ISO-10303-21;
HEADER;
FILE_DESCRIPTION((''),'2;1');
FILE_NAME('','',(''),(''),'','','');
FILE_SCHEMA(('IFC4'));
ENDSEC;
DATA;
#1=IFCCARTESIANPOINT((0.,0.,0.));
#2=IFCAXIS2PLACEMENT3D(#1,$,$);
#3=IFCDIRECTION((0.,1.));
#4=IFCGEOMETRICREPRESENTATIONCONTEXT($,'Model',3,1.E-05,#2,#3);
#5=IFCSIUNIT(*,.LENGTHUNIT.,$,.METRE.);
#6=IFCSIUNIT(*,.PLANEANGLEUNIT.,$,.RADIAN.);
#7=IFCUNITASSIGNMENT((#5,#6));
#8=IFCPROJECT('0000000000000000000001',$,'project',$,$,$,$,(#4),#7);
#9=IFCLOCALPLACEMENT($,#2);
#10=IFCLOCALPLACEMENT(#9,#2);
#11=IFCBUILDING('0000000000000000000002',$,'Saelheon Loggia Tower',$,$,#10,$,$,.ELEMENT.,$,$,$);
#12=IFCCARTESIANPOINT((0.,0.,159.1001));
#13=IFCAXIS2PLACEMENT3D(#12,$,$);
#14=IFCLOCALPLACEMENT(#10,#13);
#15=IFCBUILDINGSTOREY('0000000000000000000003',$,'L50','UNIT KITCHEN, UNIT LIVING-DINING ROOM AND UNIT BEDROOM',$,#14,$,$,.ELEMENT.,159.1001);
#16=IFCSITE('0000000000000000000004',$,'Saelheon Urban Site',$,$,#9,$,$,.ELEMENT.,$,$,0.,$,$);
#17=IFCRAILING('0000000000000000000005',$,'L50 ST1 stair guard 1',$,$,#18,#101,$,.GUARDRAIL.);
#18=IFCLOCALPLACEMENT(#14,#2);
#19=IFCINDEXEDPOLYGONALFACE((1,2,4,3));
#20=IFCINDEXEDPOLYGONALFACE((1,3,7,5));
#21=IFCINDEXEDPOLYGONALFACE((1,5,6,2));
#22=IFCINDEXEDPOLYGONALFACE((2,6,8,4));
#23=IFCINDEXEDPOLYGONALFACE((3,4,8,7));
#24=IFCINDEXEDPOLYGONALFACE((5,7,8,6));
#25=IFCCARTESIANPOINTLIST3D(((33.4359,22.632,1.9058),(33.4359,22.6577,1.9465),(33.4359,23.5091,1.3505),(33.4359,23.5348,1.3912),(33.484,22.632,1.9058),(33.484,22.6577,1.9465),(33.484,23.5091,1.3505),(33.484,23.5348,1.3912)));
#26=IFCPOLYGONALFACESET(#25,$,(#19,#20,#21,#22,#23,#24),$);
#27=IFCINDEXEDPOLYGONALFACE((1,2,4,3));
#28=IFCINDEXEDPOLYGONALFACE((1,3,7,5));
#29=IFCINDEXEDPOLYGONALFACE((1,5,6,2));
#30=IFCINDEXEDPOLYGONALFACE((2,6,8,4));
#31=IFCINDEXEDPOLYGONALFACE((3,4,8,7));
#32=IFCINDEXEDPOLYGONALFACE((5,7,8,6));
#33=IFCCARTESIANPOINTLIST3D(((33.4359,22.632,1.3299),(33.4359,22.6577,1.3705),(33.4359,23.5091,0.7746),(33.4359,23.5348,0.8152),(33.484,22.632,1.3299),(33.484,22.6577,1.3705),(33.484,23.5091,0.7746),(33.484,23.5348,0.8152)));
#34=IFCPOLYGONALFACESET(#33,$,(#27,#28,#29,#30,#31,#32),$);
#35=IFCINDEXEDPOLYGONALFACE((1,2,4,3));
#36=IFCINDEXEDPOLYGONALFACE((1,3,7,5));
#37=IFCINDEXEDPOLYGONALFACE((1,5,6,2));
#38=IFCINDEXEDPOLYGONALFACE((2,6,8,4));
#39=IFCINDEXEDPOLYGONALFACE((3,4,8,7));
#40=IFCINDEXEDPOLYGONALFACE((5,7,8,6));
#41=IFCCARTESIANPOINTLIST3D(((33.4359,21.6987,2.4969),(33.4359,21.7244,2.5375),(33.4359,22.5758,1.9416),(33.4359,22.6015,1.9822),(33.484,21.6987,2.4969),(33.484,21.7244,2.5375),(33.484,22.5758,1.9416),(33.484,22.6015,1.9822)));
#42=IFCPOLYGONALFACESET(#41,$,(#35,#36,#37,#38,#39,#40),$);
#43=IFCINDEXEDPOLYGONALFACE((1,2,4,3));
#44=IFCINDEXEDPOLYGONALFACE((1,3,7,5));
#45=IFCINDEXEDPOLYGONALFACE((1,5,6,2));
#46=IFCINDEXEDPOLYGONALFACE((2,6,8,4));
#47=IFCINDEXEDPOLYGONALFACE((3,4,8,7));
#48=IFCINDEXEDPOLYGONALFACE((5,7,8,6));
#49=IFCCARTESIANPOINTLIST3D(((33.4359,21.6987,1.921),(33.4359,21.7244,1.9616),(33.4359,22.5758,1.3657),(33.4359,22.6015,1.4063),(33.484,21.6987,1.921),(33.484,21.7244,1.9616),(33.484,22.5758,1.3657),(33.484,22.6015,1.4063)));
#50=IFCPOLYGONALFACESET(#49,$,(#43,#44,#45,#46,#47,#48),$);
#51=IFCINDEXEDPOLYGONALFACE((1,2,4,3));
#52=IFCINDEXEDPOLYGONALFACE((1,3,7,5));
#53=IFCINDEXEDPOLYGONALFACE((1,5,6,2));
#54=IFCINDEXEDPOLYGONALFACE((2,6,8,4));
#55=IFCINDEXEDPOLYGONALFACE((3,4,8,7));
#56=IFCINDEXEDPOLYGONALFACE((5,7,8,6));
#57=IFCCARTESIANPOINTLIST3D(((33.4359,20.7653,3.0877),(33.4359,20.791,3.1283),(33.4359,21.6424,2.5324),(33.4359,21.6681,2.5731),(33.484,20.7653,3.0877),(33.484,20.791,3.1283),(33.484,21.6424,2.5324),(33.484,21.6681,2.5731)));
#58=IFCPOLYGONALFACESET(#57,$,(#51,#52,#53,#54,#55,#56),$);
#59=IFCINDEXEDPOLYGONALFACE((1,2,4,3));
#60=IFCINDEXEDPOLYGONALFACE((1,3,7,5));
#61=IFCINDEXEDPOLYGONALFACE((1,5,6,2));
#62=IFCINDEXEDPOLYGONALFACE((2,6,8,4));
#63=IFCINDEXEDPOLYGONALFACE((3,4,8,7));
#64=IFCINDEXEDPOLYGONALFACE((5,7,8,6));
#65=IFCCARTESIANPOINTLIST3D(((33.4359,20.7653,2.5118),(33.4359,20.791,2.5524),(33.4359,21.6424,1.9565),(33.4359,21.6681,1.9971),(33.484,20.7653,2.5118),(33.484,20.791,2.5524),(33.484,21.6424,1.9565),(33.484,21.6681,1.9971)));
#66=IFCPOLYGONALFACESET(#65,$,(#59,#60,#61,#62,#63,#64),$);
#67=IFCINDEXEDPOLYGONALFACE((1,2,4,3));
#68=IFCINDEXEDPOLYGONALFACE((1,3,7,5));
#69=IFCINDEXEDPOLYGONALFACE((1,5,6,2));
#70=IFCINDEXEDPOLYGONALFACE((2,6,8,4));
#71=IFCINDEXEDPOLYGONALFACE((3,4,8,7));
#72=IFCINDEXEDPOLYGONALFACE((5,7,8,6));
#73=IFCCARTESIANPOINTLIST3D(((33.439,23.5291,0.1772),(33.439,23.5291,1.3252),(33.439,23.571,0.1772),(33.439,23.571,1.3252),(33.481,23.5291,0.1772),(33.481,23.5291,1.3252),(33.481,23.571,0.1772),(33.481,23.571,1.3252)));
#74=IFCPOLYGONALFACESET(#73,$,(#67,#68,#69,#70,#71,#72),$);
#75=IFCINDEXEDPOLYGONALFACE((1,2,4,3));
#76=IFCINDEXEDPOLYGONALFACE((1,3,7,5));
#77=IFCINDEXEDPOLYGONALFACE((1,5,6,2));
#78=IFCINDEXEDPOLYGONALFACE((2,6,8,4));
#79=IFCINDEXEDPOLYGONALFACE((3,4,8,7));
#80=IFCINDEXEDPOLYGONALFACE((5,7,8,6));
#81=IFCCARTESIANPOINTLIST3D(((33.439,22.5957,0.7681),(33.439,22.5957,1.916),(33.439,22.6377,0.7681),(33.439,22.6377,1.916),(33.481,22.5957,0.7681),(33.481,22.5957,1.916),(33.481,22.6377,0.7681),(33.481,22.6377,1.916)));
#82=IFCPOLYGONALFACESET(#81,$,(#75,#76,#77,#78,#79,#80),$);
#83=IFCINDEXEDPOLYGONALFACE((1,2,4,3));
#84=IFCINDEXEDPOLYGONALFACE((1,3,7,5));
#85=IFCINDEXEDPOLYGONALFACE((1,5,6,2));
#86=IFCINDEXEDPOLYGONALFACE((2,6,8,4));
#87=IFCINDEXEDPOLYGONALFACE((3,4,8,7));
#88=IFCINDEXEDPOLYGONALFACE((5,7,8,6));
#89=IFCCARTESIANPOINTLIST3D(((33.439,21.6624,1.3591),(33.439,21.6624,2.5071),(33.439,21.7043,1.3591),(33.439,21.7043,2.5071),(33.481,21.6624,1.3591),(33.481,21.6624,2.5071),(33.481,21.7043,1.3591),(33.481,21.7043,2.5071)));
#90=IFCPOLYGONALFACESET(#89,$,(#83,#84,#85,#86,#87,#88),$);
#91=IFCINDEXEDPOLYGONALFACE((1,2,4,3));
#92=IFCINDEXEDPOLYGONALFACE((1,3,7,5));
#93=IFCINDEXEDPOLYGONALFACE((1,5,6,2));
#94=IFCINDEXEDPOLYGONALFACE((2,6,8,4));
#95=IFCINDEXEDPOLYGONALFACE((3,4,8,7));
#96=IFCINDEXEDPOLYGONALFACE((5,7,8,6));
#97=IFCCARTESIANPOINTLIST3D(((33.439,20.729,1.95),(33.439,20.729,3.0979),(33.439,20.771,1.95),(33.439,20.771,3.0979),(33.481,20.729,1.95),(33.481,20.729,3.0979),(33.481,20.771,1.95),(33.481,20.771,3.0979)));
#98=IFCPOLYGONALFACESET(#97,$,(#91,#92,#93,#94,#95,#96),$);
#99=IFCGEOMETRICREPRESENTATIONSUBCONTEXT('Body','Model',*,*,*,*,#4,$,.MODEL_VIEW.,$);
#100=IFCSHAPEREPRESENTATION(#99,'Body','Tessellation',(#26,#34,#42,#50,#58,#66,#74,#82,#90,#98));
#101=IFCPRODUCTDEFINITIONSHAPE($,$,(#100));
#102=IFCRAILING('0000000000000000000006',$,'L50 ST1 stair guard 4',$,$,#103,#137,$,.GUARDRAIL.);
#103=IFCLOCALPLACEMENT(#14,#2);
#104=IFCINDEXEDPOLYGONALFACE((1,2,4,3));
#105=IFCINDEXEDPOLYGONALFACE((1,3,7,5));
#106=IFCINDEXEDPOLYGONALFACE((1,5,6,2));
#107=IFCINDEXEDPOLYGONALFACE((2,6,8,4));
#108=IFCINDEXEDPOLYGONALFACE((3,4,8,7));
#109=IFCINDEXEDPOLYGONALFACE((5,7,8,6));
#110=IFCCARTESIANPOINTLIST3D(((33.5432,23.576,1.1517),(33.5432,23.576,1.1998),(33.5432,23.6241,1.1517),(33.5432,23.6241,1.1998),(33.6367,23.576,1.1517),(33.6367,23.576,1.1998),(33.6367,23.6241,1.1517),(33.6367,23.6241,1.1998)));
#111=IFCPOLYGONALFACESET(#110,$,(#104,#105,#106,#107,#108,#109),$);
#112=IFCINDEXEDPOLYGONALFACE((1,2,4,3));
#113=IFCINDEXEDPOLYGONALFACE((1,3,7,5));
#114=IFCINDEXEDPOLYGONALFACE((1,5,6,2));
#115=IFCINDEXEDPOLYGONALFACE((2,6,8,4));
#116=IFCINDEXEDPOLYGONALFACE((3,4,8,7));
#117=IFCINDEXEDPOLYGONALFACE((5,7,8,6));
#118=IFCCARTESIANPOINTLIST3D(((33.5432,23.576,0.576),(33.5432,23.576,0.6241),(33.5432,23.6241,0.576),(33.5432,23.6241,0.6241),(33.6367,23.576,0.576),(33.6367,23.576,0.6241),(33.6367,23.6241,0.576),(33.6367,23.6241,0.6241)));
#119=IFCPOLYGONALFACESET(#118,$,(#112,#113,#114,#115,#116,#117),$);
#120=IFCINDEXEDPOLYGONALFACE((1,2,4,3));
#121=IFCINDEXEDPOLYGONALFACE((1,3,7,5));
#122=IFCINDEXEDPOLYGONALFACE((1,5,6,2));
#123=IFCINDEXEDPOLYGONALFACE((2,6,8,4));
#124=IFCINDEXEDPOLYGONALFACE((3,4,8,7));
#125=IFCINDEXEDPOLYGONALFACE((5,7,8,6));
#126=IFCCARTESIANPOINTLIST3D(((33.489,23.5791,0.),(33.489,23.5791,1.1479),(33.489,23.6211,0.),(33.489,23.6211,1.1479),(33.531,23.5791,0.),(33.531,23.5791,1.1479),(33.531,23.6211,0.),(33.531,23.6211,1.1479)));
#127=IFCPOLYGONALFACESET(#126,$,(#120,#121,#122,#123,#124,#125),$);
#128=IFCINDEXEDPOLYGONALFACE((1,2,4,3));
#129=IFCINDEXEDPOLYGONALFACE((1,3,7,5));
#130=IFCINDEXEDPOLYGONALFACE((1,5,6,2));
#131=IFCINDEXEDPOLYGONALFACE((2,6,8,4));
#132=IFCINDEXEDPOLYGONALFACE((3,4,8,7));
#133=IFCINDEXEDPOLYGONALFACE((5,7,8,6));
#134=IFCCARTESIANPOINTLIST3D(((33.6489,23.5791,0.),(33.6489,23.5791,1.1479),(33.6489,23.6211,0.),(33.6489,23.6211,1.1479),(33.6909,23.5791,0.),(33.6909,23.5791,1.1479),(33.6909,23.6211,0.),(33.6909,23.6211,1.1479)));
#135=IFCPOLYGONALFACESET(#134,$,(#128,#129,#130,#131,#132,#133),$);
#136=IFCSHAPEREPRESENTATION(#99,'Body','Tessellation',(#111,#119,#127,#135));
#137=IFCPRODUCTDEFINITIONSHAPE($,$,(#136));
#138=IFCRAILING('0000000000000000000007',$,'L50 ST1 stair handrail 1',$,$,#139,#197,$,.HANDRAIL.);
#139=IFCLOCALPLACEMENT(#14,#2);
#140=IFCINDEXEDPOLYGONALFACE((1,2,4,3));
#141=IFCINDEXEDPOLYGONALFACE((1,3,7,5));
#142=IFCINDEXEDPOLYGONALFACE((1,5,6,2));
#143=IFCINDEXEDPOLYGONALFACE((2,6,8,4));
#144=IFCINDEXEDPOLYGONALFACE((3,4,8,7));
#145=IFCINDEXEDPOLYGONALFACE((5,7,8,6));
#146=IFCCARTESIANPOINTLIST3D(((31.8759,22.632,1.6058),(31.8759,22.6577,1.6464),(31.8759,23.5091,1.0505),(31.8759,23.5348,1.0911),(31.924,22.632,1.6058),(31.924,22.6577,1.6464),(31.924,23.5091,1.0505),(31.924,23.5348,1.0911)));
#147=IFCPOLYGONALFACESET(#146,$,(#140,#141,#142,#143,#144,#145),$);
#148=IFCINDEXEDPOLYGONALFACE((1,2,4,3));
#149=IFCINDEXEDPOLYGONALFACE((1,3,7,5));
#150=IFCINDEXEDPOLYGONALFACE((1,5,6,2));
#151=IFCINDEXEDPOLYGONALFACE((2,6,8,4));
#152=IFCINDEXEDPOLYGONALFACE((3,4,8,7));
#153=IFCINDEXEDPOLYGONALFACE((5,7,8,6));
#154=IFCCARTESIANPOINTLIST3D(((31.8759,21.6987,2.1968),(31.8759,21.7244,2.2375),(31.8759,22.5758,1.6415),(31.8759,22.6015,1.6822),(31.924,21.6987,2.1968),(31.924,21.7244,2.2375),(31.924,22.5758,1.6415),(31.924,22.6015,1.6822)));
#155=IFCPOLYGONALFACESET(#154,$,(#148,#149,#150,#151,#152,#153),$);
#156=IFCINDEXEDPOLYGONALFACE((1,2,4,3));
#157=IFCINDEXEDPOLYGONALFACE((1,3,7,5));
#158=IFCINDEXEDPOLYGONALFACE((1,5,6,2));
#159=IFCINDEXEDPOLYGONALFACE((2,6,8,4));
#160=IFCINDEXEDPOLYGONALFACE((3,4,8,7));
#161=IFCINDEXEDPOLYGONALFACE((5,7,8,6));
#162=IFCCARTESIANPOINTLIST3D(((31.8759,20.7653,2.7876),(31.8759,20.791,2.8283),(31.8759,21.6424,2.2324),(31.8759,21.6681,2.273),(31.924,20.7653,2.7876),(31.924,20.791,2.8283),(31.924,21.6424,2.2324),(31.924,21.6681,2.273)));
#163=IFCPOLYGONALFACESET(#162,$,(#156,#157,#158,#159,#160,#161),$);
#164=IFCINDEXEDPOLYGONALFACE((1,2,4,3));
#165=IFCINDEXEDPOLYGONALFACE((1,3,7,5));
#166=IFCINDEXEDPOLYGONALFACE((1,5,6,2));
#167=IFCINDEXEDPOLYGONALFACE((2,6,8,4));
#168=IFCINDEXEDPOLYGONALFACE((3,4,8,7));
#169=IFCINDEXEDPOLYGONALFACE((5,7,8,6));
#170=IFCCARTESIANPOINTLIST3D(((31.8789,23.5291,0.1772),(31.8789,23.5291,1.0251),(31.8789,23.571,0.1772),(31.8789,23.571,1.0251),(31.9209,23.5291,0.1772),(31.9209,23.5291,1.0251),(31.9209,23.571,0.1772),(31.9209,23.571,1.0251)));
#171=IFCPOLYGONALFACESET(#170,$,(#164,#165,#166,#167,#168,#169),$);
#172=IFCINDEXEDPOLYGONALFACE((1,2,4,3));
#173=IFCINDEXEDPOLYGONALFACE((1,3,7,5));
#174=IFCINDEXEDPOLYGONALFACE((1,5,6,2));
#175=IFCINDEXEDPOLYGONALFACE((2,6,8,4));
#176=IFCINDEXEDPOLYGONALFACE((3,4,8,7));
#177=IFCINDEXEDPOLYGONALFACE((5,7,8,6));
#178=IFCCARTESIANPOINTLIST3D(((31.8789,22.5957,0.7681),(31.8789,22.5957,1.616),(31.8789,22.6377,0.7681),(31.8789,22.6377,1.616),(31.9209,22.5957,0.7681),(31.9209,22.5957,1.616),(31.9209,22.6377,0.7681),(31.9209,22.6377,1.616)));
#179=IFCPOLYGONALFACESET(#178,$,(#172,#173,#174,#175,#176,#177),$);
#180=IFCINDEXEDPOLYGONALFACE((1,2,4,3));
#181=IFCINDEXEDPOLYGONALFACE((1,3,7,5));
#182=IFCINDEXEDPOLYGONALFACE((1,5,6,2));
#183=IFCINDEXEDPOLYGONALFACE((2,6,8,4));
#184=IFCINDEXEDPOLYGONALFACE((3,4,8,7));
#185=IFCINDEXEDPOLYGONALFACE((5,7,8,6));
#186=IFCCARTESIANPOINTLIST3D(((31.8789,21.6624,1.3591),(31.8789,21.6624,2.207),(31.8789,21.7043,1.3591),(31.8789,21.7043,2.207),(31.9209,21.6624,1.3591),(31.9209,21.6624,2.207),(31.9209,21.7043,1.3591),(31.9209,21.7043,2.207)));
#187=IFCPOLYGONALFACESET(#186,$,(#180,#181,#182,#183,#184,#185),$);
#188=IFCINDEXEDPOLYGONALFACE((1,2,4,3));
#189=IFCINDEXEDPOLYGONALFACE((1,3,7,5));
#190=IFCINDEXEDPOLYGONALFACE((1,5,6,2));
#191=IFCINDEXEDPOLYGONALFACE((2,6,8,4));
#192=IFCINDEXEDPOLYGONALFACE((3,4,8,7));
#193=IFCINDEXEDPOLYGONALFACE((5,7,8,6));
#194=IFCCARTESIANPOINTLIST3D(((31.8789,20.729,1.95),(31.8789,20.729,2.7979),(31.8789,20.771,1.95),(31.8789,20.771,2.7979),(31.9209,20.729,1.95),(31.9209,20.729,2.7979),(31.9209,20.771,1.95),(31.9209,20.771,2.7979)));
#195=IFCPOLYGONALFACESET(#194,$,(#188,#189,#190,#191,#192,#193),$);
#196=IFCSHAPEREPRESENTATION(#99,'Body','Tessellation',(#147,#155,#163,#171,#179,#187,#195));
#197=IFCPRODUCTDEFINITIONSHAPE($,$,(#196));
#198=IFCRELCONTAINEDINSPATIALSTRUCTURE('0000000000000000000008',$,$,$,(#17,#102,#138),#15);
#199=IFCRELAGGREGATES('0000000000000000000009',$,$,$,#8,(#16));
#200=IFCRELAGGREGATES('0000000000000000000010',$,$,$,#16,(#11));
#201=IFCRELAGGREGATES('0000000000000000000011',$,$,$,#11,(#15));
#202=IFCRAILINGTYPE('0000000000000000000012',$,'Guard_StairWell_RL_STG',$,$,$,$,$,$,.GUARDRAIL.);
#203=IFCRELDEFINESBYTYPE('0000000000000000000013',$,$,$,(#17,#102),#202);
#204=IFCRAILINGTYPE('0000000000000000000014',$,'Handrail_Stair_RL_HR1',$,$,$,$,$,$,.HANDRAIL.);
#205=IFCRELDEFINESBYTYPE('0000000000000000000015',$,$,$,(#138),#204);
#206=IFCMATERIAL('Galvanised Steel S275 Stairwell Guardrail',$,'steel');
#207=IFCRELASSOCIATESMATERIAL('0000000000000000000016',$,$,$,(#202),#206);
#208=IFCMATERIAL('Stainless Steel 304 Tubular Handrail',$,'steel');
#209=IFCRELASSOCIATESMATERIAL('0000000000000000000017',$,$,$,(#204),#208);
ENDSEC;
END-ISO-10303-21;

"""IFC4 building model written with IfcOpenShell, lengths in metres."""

from ifc_helpers import new_model, si_unit, direction, frame, origin, origin_2d, place, context, subcontext, project, spatial, rectangle, extrude, material, type_object, element, save


model = new_model("IFC4")

# Units and contexts
model_context = context("Model", 3, precision=1e-05, world=origin(), true_north=direction((0.0, 1.0)))
body_context = subcontext(model_context, "Body", "Model", "MODEL_VIEW")
ifc_project = project(units=[si_unit("LENGTHUNIT", "METRE"), si_unit("PLANEANGLEUNIT", "RADIAN")], contexts=[model_context])

# Site, building, storey
site_placement = place(None, origin())
site = spatial("IfcSite", under=ifc_project, at=site_placement, Name="Saelheon Urban Site", CompositionType="ELEMENT", RefElevation=0.0)
building_placement = place(site_placement, origin())
building = spatial("IfcBuilding", under=site, at=building_placement, Name="Saelheon Loggia Tower", CompositionType="ELEMENT")
storey_placement = place(building_placement, frame((0.0, 0.0, 159.1001)))
storey = spatial("IfcBuildingStorey", under=building, at=storey_placement, Name="L50", Description="UNIT KITCHEN, UNIT LIVING-DINING ROOM AND UNIT BEDROOM", CompositionType="ELEMENT", Elevation=159.1001)

# Railings
ifc_material_1 = material(Name="Galvanised Steel S275 Stairwell Guardrail", Category="steel")
railing_type_1 = type_object("IfcRailingType", Name="Guard_StairWell_RL_STG", PredefinedType="GUARDRAIL", material=ifc_material_1)
railing_1_placement = place(storey_placement, frame((33.46, 23.55, 0.1772)))
element("IfcRailing", 1, at=railing_1_placement, inside=storey, type_object=railing_type_1, Name="L50 ST1 stair guard 1", PredefinedType="GUARDRAIL", context=body_context, shape_type="SweptSolid", body=[
    extrude(rectangle(XDim=0.0481, YDim=0.0481, at=origin_2d()), frame((0.0, -0.0281, 1.1936), z_axis=(0.0, -0.844909, 0.53491), x_axis=(1.0, 0.0, 0.0)), (0.0, 0.0, 1.0), 1.0381),
    extrude(rectangle(XDim=0.0481, YDim=0.0481, at=origin_2d()), frame((0.0, -0.0281, 0.6177), z_axis=(0.0, -0.844909, 0.53491), x_axis=(1.0, 0.0, 0.0)), (0.0, 0.0, 1.0), 1.0381),
    extrude(rectangle(XDim=0.0481, YDim=0.0481, at=origin_2d()), frame((0.0, -0.9614, 1.7847), z_axis=(0.0, -0.844909, 0.53491), x_axis=(1.0, 0.0, 0.0)), (0.0, 0.0, 1.0), 1.0381),
    extrude(rectangle(XDim=0.0481, YDim=0.0481, at=origin_2d()), frame((0.0, -0.9614, 1.2087), z_axis=(0.0, -0.844909, 0.53491), x_axis=(1.0, 0.0, 0.0)), (0.0, 0.0, 1.0), 1.0381),
    extrude(rectangle(XDim=0.0481, YDim=0.0481, at=origin_2d()), frame((0.0, -1.8948, 2.3755), z_axis=(0.0, -0.844909, 0.53491), x_axis=(1.0, 0.0, 0.0)), (0.0, 0.0, 1.0), 1.0381),
    extrude(rectangle(XDim=0.0481, YDim=0.0481, at=origin_2d()), frame((0.0, -1.8948, 1.7996), z_axis=(0.0, -0.844909, 0.53491), x_axis=(1.0, 0.0, 0.0)), (0.0, 0.0, 1.0), 1.0381),
    extrude(rectangle(XDim=0.042, YDim=0.042, at=origin_2d()), origin(), (0.0, 0.0, 1.0), 1.1479),
    extrude(rectangle(XDim=0.042, YDim=0.042, at=origin_2d()), frame((0.0, -0.9333, 0.5908)), (0.0, 0.0, 1.0), 1.1479),
    extrude(rectangle(XDim=0.042, YDim=0.042, at=origin_2d()), frame((0.0, -1.8667, 1.1819)), (0.0, 0.0, 1.0), 1.1479),
    extrude(rectangle(XDim=0.042, YDim=0.042, at=origin_2d()), frame((0.0, -2.8, 1.7727)), (0.0, 0.0, 1.0), 1.1479),
])
railing_2_placement = place(storey_placement, frame((33.51, 23.6001, 0.0)))
element("IfcRailing", 2, at=railing_2_placement, inside=storey, type_object=railing_type_1, Name="L50 ST1 stair guard 4", PredefinedType="GUARDRAIL", context=body_context, shape_type="SweptSolid", body=[
    extrude(rectangle(XDim=0.0481, YDim=0.0481, at=origin_2d()), frame((0.0332, 0.0, 1.1758), z_axis=(1.0, 0.0, 0.0), x_axis=(0.0, 1.0, 0.0)), (0.0, 0.0, 1.0), 0.0935),
    extrude(rectangle(XDim=0.0481, YDim=0.0481, at=origin_2d()), frame((0.0332, 0.0, 0.6001), z_axis=(1.0, 0.0, 0.0), x_axis=(0.0, 1.0, 0.0)), (0.0, 0.0, 1.0), 0.0935),
    extrude(rectangle(XDim=0.042, YDim=0.042, at=origin_2d()), origin(), (0.0, 0.0, 1.0), 1.1479),
    extrude(rectangle(XDim=0.042, YDim=0.042, at=origin_2d()), frame((0.1599, 0.0, 0.0)), (0.0, 0.0, 1.0), 1.1479),
])
ifc_material_2 = material(Name="Stainless Steel 304 Tubular Handrail", Category="steel")
railing_type_2 = type_object("IfcRailingType", Name="Handrail_Stair_RL_HR1", PredefinedType="HANDRAIL", material=ifc_material_2)
railing_3_placement = place(storey_placement, frame((31.8999, 23.55, 0.1772)))
element("IfcRailing", 3, at=railing_3_placement, inside=storey, type_object=railing_type_2, Name="L50 ST1 stair handrail 1", PredefinedType="HANDRAIL", context=body_context, shape_type="SweptSolid", body=[
    extrude(rectangle(XDim=0.0481, YDim=0.0481, at=origin_2d()), frame((0.0, -0.0281, 0.8936), z_axis=(0.0, -0.844909, 0.53491), x_axis=(1.0, 0.0, 0.0)), (0.0, 0.0, 1.0), 1.0381),
    extrude(rectangle(XDim=0.0481, YDim=0.0481, at=origin_2d()), frame((0.0, -0.9614, 1.4846), z_axis=(0.0, -0.844909, 0.53491), x_axis=(1.0, 0.0, 0.0)), (0.0, 0.0, 1.0), 1.0381),
    extrude(rectangle(XDim=0.0481, YDim=0.0481, at=origin_2d()), frame((0.0, -1.8948, 2.0754), z_axis=(0.0, -0.844909, 0.53491), x_axis=(1.0, 0.0, 0.0)), (0.0, 0.0, 1.0), 1.0381),
    extrude(rectangle(XDim=0.042, YDim=0.042, at=origin_2d()), origin(), (0.0, 0.0, 1.0), 0.8479),
    extrude(rectangle(XDim=0.042, YDim=0.042, at=origin_2d()), frame((0.0, -0.9333, 0.5908)), (0.0, 0.0, 1.0), 0.8479),
    extrude(rectangle(XDim=0.042, YDim=0.042, at=origin_2d()), frame((0.0, -1.8667, 1.1819)), (0.0, 0.0, 1.0), 0.8479),
    extrude(rectangle(XDim=0.042, YDim=0.042, at=origin_2d()), frame((0.0, -2.8, 1.7727)), (0.0, 0.0, 1.0), 0.8479),
])

save(model, "model.ifc")
